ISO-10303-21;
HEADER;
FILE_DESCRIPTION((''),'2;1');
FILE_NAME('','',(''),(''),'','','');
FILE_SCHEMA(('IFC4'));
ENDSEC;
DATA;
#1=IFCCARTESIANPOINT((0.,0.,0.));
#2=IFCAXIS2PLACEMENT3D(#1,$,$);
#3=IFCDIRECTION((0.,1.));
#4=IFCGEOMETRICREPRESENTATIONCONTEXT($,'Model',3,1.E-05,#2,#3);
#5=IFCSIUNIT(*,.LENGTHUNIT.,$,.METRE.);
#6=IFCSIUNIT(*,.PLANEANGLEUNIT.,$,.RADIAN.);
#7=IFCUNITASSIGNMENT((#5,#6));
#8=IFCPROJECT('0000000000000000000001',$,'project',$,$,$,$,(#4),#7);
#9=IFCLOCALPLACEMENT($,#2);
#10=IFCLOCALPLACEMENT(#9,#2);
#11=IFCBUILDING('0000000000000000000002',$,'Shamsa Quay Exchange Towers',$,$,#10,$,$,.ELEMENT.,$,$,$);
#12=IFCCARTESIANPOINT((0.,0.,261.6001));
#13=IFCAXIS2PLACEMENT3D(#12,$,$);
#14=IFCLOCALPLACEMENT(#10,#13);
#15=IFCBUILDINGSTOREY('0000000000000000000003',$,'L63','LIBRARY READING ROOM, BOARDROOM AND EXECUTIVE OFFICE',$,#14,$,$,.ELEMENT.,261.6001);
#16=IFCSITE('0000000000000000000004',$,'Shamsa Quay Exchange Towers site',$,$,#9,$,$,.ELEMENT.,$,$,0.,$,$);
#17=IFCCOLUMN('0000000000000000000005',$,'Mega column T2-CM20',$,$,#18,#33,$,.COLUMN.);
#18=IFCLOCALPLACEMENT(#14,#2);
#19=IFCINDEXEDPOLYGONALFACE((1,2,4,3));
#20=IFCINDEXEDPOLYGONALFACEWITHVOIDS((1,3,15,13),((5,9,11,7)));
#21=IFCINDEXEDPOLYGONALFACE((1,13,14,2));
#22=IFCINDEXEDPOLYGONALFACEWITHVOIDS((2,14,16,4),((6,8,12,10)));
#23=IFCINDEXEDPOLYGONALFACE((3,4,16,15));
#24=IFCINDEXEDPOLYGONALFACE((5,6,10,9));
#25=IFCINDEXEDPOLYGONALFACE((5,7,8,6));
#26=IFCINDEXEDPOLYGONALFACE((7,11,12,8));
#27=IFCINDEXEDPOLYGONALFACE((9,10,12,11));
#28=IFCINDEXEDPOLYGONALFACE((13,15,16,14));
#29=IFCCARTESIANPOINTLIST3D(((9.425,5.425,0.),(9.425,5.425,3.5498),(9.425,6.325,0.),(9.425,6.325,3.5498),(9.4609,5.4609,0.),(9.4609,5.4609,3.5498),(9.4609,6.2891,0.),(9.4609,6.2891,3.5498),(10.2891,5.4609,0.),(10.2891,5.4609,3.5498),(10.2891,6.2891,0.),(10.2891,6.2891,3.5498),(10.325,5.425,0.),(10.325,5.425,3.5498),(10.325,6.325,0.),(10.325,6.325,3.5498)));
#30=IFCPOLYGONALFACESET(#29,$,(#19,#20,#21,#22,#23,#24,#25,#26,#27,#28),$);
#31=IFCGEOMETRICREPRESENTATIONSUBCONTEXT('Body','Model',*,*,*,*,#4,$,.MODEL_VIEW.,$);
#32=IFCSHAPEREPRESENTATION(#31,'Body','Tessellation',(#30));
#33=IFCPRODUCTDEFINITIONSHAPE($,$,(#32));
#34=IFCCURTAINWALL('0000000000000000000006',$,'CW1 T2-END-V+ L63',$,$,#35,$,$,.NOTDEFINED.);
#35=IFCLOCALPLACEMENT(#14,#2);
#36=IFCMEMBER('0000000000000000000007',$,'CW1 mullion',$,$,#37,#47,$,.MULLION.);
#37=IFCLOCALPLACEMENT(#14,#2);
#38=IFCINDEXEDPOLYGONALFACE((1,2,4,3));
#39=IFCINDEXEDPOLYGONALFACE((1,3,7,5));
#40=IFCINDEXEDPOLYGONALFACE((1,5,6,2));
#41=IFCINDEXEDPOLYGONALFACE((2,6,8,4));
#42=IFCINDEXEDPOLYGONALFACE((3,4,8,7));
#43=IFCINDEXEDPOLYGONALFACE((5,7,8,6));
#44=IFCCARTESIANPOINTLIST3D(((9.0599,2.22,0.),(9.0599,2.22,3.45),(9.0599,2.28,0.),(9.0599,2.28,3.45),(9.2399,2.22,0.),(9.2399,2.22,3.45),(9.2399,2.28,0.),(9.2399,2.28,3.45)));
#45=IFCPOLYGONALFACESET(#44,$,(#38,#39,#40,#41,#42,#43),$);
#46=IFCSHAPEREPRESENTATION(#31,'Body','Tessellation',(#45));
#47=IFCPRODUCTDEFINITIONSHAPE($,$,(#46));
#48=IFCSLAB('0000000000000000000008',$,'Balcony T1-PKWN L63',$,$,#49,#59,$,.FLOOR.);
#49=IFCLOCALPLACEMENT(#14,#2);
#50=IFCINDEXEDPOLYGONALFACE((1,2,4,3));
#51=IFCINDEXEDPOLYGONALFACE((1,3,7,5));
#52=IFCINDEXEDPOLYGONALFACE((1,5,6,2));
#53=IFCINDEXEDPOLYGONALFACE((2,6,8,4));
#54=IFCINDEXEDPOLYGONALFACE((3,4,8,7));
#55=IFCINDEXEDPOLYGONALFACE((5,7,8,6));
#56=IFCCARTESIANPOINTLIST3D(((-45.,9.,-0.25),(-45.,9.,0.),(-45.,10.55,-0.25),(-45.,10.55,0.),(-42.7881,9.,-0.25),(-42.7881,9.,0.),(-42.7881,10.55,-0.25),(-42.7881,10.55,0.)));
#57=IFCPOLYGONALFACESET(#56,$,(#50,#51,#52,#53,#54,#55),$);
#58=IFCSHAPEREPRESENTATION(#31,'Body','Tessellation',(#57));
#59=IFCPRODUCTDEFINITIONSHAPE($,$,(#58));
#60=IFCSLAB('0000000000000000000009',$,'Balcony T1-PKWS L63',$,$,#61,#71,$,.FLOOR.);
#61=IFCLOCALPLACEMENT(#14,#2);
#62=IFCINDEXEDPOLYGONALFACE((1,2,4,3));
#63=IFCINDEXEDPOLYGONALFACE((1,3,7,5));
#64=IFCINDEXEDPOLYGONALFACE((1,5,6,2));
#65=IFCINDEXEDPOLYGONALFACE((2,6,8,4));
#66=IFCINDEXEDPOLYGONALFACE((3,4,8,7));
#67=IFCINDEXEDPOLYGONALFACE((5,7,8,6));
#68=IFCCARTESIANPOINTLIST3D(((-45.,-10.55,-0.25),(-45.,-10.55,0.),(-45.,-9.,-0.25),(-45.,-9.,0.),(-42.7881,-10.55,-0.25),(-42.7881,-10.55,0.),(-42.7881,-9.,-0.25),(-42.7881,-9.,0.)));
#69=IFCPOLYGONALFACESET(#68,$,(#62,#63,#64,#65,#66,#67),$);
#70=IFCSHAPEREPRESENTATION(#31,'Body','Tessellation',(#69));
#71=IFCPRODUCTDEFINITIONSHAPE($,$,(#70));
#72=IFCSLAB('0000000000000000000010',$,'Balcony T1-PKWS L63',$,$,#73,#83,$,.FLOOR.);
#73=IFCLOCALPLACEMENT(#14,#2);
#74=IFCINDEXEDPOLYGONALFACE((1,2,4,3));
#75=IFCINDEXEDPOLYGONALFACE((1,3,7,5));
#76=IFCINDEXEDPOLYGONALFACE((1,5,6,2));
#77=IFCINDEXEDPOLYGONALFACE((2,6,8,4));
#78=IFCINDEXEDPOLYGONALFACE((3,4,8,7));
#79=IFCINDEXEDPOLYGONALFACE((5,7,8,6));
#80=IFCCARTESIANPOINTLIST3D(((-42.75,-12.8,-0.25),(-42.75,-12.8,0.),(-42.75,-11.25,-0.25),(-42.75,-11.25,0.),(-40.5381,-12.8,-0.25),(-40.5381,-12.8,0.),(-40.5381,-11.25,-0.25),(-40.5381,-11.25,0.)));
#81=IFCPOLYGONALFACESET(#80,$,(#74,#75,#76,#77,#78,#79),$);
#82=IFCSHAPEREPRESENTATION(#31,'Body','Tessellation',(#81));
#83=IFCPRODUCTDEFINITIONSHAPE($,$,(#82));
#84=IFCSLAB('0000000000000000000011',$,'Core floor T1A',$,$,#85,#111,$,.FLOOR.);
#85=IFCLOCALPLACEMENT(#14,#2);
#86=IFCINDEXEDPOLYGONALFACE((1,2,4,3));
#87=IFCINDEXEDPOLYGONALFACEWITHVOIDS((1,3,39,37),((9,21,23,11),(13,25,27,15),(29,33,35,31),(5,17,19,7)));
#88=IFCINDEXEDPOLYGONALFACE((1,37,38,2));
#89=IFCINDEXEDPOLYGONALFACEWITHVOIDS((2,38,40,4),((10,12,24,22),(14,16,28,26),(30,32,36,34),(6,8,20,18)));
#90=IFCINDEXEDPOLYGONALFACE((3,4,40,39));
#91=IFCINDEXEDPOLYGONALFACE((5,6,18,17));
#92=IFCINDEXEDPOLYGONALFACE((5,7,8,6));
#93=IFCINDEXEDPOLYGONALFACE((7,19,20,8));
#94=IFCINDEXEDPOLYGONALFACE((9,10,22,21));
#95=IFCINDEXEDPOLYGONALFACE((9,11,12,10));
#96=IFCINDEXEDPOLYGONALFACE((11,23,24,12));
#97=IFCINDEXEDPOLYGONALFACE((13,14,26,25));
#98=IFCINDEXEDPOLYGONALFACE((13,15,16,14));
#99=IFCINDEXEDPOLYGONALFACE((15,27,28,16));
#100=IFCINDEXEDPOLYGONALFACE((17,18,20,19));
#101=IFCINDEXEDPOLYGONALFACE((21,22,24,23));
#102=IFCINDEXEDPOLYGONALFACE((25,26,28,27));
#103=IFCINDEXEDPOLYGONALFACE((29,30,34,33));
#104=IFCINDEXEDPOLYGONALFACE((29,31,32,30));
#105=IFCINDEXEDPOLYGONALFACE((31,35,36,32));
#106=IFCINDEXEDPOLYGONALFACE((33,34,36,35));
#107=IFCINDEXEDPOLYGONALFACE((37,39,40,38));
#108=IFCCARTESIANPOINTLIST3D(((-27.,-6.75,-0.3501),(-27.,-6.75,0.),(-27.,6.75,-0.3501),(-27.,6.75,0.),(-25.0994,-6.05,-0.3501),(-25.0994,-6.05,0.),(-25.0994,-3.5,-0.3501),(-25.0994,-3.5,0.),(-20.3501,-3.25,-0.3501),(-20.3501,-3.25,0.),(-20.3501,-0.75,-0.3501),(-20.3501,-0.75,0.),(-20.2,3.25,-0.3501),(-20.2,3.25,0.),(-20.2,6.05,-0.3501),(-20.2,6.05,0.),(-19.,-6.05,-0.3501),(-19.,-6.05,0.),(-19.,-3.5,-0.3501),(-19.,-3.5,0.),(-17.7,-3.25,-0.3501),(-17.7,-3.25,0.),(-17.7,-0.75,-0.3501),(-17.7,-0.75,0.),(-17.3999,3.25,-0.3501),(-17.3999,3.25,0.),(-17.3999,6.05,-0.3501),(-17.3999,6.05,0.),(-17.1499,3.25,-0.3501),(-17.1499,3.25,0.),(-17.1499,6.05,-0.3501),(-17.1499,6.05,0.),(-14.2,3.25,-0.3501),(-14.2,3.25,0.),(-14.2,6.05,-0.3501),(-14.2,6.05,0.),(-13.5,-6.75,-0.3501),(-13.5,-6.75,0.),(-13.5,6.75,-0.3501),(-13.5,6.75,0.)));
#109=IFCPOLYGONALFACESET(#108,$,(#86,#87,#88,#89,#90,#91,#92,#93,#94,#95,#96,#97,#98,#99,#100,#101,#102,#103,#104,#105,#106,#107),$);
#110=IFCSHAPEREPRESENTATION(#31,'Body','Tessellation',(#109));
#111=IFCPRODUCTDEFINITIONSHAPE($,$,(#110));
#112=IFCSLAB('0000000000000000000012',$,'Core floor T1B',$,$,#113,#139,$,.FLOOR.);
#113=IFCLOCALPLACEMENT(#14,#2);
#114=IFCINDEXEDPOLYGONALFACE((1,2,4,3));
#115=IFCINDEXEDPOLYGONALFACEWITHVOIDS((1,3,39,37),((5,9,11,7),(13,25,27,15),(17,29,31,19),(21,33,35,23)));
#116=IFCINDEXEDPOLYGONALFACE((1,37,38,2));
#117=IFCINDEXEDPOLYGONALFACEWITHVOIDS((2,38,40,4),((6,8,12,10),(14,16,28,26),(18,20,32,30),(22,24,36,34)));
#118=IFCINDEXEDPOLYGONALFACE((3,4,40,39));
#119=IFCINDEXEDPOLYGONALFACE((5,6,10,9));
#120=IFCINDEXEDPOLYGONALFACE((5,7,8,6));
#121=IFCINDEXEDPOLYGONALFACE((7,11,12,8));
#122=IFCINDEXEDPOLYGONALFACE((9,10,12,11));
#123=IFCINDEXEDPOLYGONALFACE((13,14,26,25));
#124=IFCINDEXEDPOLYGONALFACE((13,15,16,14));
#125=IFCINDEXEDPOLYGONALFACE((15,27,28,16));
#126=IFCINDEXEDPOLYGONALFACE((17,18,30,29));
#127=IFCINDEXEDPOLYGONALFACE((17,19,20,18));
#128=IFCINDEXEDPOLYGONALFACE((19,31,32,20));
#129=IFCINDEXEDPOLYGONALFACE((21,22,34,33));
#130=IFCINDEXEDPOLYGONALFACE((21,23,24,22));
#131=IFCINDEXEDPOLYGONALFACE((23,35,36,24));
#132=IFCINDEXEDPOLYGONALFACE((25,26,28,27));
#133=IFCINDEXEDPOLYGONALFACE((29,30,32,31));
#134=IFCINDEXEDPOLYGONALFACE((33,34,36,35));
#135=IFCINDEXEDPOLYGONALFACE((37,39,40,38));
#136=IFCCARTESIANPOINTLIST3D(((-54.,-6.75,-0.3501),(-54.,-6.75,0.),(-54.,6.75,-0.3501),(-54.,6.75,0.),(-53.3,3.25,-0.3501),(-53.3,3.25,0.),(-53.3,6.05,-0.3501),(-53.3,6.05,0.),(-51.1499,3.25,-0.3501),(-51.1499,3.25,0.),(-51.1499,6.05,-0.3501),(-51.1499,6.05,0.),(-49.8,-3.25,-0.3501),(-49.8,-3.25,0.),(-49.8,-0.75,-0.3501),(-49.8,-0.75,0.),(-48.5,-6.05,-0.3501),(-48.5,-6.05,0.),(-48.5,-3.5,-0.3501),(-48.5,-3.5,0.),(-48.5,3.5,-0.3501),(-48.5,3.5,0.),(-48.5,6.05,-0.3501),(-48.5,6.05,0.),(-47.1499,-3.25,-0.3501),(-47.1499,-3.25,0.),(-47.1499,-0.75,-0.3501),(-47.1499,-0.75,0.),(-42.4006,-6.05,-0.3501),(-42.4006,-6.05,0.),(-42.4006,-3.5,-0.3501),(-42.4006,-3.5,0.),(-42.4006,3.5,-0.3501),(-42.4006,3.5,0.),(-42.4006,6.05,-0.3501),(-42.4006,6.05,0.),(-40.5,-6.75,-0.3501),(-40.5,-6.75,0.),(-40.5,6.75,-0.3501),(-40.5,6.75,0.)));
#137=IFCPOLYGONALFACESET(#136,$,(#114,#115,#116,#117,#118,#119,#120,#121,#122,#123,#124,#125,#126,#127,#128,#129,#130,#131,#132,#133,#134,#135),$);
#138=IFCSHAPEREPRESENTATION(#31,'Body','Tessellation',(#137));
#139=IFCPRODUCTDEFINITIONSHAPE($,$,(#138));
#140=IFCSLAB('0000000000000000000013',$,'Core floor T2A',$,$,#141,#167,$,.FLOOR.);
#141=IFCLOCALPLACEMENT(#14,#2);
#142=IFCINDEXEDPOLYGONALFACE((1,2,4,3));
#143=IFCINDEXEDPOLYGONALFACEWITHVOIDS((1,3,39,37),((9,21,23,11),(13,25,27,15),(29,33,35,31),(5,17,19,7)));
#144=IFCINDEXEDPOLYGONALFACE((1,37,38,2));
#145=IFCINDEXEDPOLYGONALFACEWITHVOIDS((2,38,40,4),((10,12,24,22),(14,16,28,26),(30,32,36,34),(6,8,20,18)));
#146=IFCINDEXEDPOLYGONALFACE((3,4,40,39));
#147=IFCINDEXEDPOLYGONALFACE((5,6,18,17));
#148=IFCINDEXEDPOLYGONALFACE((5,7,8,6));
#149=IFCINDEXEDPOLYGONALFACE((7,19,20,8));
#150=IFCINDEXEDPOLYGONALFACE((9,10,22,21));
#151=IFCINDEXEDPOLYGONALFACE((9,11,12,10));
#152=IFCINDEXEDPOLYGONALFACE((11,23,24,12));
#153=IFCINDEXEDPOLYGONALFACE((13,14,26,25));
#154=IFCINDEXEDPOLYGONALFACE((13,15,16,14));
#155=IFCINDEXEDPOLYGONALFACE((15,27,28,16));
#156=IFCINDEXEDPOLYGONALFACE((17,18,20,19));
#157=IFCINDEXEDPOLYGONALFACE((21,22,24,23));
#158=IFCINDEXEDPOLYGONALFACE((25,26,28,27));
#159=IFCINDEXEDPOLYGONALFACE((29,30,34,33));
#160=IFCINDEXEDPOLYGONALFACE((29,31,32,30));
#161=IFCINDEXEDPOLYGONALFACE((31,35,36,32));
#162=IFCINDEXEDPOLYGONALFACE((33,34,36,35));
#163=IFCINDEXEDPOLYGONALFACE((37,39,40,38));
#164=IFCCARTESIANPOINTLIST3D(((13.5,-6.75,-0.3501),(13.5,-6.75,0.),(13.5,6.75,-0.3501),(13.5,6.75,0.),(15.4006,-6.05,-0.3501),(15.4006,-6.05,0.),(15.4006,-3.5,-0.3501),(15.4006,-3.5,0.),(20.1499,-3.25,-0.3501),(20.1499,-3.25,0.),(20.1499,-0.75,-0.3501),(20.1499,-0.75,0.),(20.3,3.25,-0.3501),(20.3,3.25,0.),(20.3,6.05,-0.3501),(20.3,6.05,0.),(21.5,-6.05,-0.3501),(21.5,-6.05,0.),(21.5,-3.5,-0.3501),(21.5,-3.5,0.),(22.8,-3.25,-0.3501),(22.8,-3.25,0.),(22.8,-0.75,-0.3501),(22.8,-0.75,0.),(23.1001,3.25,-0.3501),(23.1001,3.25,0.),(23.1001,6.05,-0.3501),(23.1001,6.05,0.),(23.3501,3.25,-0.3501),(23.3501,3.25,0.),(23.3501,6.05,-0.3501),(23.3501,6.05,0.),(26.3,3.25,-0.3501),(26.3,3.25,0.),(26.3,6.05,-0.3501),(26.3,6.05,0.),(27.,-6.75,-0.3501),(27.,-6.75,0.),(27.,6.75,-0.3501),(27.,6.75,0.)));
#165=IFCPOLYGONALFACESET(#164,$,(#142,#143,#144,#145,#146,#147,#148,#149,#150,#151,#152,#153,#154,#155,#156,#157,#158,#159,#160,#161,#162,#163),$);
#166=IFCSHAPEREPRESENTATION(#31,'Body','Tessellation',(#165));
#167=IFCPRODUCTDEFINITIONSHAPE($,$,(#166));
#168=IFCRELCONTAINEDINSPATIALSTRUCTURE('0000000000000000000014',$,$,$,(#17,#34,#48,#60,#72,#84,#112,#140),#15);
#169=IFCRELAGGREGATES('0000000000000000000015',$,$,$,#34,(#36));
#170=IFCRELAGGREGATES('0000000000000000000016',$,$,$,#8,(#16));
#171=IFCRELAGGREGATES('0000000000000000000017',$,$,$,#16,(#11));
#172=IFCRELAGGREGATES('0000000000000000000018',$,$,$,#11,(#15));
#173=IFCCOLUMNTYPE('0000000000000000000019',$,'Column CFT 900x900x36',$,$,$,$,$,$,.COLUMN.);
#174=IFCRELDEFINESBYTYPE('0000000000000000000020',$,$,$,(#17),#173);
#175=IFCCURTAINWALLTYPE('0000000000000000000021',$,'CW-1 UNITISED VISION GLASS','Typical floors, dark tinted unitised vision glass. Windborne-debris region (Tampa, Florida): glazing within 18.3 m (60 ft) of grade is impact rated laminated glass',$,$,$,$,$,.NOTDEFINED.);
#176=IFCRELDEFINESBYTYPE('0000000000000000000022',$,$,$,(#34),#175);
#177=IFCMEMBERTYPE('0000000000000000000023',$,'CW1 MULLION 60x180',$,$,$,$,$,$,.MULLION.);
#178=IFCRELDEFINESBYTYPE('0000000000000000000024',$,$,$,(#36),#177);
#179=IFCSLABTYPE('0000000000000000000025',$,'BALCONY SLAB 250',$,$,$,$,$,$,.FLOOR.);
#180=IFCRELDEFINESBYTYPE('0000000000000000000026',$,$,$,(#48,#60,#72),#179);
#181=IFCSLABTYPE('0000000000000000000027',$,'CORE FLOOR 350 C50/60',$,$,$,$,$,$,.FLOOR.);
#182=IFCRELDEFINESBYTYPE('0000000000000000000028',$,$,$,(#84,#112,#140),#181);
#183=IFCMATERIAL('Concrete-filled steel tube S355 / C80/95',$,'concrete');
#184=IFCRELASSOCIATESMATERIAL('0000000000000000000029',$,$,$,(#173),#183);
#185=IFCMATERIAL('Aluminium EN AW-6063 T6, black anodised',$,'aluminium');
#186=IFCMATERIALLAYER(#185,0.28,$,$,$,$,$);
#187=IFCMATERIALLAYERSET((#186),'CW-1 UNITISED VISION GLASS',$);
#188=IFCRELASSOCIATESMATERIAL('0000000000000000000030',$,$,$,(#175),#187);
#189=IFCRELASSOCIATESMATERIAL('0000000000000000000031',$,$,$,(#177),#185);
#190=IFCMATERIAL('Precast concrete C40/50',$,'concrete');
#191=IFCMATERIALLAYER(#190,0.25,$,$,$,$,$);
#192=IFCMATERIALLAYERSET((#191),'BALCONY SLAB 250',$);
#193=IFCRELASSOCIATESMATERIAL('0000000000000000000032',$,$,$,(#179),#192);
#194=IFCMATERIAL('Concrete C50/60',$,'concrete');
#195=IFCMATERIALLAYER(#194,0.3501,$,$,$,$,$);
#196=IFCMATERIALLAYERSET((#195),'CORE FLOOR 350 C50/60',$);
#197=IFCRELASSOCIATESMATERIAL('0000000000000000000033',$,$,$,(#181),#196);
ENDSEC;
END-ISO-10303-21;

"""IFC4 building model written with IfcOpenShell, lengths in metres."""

from ifc_helpers import new_model, si_unit, direction, frame, origin, origin_2d, place, context, subcontext, project, spatial, polyline, rectangle, hollow_rectangle, outline, extrude, material, layer, layer_set, material_profile, profile_set, type_object, element, aggregate, save


model = new_model("IFC4")

# Units and contexts
model_context = context("Model", 3, precision=1e-05, world=origin(), true_north=direction((0.0, 1.0)))
body_context = subcontext(model_context, "Body", "Model", "MODEL_VIEW")
ifc_project = project(units=[si_unit("LENGTHUNIT", "METRE"), si_unit("PLANEANGLEUNIT", "RADIAN")], contexts=[model_context])

# Site, building, storey
site_placement = place(None, origin())
site = spatial("IfcSite", under=ifc_project, at=site_placement, Name="Shamsa Quay Exchange Towers site", CompositionType="ELEMENT", RefElevation=0.0)
building_placement = place(site_placement, origin())
building = spatial("IfcBuilding", under=site, at=building_placement, Name="Shamsa Quay Exchange Towers", CompositionType="ELEMENT")
storey_placement = place(building_placement, frame((0.0, 0.0, 261.6001)))
storey = spatial("IfcBuildingStorey", under=building, at=storey_placement, Name="L63", Description="LIBRARY READING ROOM, BOARDROOM AND EXECUTIVE OFFICE", CompositionType="ELEMENT", Elevation=261.6001)

# Column
ifc_material_1 = material(Name="Concrete-filled steel tube S355 / C80/95", Category="concrete")
ifc_material_profile_1 = material_profile(ifc_material_1, hollow_rectangle(XDim=0.8999, YDim=0.8999, WallThickness=0.0359, at=origin_2d()), Name="CFT 900x900x36")
ifc_profile_set_1 = profile_set([ifc_material_profile_1], Name="Concrete-filled steel tube S355 / C80/95")
column_type = type_object("IfcColumnType", Name="Column CFT 900x900x36", PredefinedType="COLUMN", material=ifc_profile_set_1)
column_placement = place(storey_placement, frame((9.875, 5.875, 0.0)))
element("IfcColumn", 1, at=column_placement, inside=storey, type_object=column_type, Name="Mega column T2-CM20", PredefinedType="COLUMN", context=body_context, shape_type="SweptSolid", body=[
    extrude(hollow_rectangle(XDim=0.8999, YDim=0.8999, WallThickness=0.0359, at=origin_2d()), origin(), (0.0, 0.0, 1.0), 3.5498),
])

# Curtain wall, member
ifc_material_2 = material(Name="Aluminium EN AW-6063 T6, black anodised", Category="aluminium")
ifc_layer_1 = layer(ifc_material_2, 0.28)
ifc_layer_set_1 = layer_set([ifc_layer_1], Name="CW-1 UNITISED VISION GLASS")
curtain_wall_type = type_object("IfcCurtainWallType", Name="CW-1 UNITISED VISION GLASS", Description="Typical floors, dark tinted unitised vision glass. Windborne-debris region (Tampa, Florida): glazing within 18.3 m (60 ft) of grade is impact rated laminated glass", PredefinedType="NOTDEFINED", material=ifc_layer_set_1)
curtain_wall_1_placement = place(storey_placement, origin())
curtain_wall_1 = element("IfcCurtainWall", 2, at=curtain_wall_1_placement, inside=storey, type_object=curtain_wall_type, Name="CW1 T2-END-V+ L63", PredefinedType="NOTDEFINED")
ifc_material_profile_2 = material_profile(ifc_material_2, rectangle(XDim=0.1799, YDim=0.0601, at=origin_2d()), Name="MU60x180")
ifc_profile_set_2 = profile_set([ifc_material_profile_2], Name="Aluminium EN AW-6063 T6, black anodised")
member_type = type_object("IfcMemberType", Name="CW1 MULLION 60x180", PredefinedType="MULLION", material=ifc_profile_set_2)
member_placement = place(storey_placement, frame((9.1499, 2.25, 0.0)))
member = element("IfcMember", 3, at=member_placement, type_object=member_type, Name="CW1 mullion", PredefinedType="MULLION", context=body_context, shape_type="SweptSolid", body=[
    extrude(rectangle(XDim=0.1799, YDim=0.0601, at=origin_2d()), origin(), (0.0, 0.0, 1.0), 3.45),
])

# Slabs
ifc_material_3 = material(Name="Precast concrete C40/50", Category="concrete")
ifc_layer_2 = layer(ifc_material_3, 0.25)
ifc_layer_set_2 = layer_set([ifc_layer_2], Name="BALCONY SLAB 250")
slab_type_1 = type_object("IfcSlabType", Name="BALCONY SLAB 250", PredefinedType="FLOOR", material=ifc_layer_set_2)
slab_1_placement = place(storey_placement, frame((0.0, 0.0, -0.25)))
element("IfcSlab", 4, at=slab_1_placement, inside=storey, type_object=slab_type_1, Name="Balcony T1-PKWN L63", PredefinedType="FLOOR", context=body_context, shape_type="SweptSolid", body=[
    extrude(outline(polyline([(-42.7881, 9.0), (-45.0, 9.0), (-45.0, 10.55), (-42.7881, 10.55), (-42.7881, 9.0)])), origin(), (0.0, 0.0, 1.0), 0.25),
])
slab_2_placement = place(storey_placement, frame((0.0, 0.0, -0.25)))
element("IfcSlab", 5, at=slab_2_placement, inside=storey, type_object=slab_type_1, Name="Balcony T1-PKWS L63", PredefinedType="FLOOR", context=body_context, shape_type="SweptSolid", body=[
    extrude(outline(polyline([(-45.0, -9.0), (-42.7881, -9.0), (-42.7881, -10.55), (-45.0, -10.55), (-45.0, -9.0)])), origin(), (0.0, 0.0, 1.0), 0.25),
])
slab_3_placement = place(storey_placement, frame((0.0, 0.0, -0.25)))
element("IfcSlab", 6, at=slab_3_placement, inside=storey, type_object=slab_type_1, Name="Balcony T1-PKWS L63", PredefinedType="FLOOR", context=body_context, shape_type="SweptSolid", body=[
    extrude(outline(polyline([(-42.75, -11.25), (-40.5381, -11.25), (-40.5381, -12.8), (-42.75, -12.8), (-42.75, -11.25)])), origin(), (0.0, 0.0, 1.0), 0.25),
])
ifc_material_4 = material(Name="Concrete C50/60", Category="concrete")
ifc_layer_3 = layer(ifc_material_4, 0.3501)
ifc_layer_set_3 = layer_set([ifc_layer_3], Name="CORE FLOOR 350 C50/60")
slab_type_2 = type_object("IfcSlabType", Name="CORE FLOOR 350 C50/60", PredefinedType="FLOOR", material=ifc_layer_set_3)
slab_4_placement = place(storey_placement, frame((0.0, 0.0, -0.3501)))
element("IfcSlab", 7, at=slab_4_placement, inside=storey, type_object=slab_type_2, Name="Core floor T1A", PredefinedType="FLOOR", context=body_context, shape_type="SweptSolid", body=[
    extrude(outline(polyline([(-27.0, -6.75), (-13.5, -6.75), (-13.5, 6.75), (-27.0, 6.75), (-27.0, -6.75)]), holes=[polyline([(-25.0994, -6.05), (-25.0994, -3.5), (-19.0, -3.5), (-19.0, -6.05), (-25.0994, -6.05)]), polyline([(-20.2, 3.25), (-20.2, 6.05), (-17.3999, 6.05), (-17.3999, 3.25), (-20.2, 3.25)]), polyline([(-17.1499, 3.25), (-17.1499, 6.05), (-14.2, 6.05), (-14.2, 3.25), (-17.1499, 3.25)]), polyline([(-20.3501, -3.25), (-20.3501, -0.75), (-17.7, -0.75), (-17.7, -3.25), (-20.3501, -3.25)])]), origin(), (0.0, 0.0, 1.0), 0.3501),
])
slab_5_placement = place(storey_placement, frame((0.0, 0.0, -0.3501)))
element("IfcSlab", 8, at=slab_5_placement, inside=storey, type_object=slab_type_2, Name="Core floor T1B", PredefinedType="FLOOR", context=body_context, shape_type="SweptSolid", body=[
    extrude(outline(polyline([(-40.5, -6.75), (-40.5, 6.75), (-54.0, 6.75), (-54.0, -6.75), (-40.5, -6.75)]), holes=[polyline([(-42.4006, -3.5), (-42.4006, -6.05), (-48.5, -6.05), (-48.5, -3.5), (-42.4006, -3.5)]), polyline([(-42.4006, 6.05), (-42.4006, 3.5), (-48.5, 3.5), (-48.5, 6.05), (-42.4006, 6.05)]), polyline([(-51.1499, 3.25), (-53.3, 3.25), (-53.3, 6.05), (-51.1499, 6.05), (-51.1499, 3.25)]), polyline([(-47.1499, -3.25), (-49.8, -3.25), (-49.8, -0.75), (-47.1499, -0.75), (-47.1499, -3.25)])]), origin(), (0.0, 0.0, 1.0), 0.3501),
])
slab_6_placement = place(storey_placement, frame((0.0, 0.0, -0.3501)))
element("IfcSlab", 9, at=slab_6_placement, inside=storey, type_object=slab_type_2, Name="Core floor T2A", PredefinedType="FLOOR", context=body_context, shape_type="SweptSolid", body=[
    extrude(outline(polyline([(13.5, -6.75), (27.0, -6.75), (27.0, 6.75), (13.5, 6.75), (13.5, -6.75)]), holes=[polyline([(15.4006, -6.05), (15.4006, -3.5), (21.5, -3.5), (21.5, -6.05), (15.4006, -6.05)]), polyline([(20.3, 3.25), (20.3, 6.05), (23.1001, 6.05), (23.1001, 3.25), (20.3, 3.25)]), polyline([(23.3501, 3.25), (23.3501, 6.05), (26.3, 6.05), (26.3, 3.25), (23.3501, 3.25)]), polyline([(20.1499, -3.25), (20.1499, -0.75), (22.8, -0.75), (22.8, -3.25), (20.1499, -3.25)])]), origin(), (0.0, 0.0, 1.0), 0.3501),
])

aggregate(curtain_wall_1, [member])

save(model, "model.ifc")
